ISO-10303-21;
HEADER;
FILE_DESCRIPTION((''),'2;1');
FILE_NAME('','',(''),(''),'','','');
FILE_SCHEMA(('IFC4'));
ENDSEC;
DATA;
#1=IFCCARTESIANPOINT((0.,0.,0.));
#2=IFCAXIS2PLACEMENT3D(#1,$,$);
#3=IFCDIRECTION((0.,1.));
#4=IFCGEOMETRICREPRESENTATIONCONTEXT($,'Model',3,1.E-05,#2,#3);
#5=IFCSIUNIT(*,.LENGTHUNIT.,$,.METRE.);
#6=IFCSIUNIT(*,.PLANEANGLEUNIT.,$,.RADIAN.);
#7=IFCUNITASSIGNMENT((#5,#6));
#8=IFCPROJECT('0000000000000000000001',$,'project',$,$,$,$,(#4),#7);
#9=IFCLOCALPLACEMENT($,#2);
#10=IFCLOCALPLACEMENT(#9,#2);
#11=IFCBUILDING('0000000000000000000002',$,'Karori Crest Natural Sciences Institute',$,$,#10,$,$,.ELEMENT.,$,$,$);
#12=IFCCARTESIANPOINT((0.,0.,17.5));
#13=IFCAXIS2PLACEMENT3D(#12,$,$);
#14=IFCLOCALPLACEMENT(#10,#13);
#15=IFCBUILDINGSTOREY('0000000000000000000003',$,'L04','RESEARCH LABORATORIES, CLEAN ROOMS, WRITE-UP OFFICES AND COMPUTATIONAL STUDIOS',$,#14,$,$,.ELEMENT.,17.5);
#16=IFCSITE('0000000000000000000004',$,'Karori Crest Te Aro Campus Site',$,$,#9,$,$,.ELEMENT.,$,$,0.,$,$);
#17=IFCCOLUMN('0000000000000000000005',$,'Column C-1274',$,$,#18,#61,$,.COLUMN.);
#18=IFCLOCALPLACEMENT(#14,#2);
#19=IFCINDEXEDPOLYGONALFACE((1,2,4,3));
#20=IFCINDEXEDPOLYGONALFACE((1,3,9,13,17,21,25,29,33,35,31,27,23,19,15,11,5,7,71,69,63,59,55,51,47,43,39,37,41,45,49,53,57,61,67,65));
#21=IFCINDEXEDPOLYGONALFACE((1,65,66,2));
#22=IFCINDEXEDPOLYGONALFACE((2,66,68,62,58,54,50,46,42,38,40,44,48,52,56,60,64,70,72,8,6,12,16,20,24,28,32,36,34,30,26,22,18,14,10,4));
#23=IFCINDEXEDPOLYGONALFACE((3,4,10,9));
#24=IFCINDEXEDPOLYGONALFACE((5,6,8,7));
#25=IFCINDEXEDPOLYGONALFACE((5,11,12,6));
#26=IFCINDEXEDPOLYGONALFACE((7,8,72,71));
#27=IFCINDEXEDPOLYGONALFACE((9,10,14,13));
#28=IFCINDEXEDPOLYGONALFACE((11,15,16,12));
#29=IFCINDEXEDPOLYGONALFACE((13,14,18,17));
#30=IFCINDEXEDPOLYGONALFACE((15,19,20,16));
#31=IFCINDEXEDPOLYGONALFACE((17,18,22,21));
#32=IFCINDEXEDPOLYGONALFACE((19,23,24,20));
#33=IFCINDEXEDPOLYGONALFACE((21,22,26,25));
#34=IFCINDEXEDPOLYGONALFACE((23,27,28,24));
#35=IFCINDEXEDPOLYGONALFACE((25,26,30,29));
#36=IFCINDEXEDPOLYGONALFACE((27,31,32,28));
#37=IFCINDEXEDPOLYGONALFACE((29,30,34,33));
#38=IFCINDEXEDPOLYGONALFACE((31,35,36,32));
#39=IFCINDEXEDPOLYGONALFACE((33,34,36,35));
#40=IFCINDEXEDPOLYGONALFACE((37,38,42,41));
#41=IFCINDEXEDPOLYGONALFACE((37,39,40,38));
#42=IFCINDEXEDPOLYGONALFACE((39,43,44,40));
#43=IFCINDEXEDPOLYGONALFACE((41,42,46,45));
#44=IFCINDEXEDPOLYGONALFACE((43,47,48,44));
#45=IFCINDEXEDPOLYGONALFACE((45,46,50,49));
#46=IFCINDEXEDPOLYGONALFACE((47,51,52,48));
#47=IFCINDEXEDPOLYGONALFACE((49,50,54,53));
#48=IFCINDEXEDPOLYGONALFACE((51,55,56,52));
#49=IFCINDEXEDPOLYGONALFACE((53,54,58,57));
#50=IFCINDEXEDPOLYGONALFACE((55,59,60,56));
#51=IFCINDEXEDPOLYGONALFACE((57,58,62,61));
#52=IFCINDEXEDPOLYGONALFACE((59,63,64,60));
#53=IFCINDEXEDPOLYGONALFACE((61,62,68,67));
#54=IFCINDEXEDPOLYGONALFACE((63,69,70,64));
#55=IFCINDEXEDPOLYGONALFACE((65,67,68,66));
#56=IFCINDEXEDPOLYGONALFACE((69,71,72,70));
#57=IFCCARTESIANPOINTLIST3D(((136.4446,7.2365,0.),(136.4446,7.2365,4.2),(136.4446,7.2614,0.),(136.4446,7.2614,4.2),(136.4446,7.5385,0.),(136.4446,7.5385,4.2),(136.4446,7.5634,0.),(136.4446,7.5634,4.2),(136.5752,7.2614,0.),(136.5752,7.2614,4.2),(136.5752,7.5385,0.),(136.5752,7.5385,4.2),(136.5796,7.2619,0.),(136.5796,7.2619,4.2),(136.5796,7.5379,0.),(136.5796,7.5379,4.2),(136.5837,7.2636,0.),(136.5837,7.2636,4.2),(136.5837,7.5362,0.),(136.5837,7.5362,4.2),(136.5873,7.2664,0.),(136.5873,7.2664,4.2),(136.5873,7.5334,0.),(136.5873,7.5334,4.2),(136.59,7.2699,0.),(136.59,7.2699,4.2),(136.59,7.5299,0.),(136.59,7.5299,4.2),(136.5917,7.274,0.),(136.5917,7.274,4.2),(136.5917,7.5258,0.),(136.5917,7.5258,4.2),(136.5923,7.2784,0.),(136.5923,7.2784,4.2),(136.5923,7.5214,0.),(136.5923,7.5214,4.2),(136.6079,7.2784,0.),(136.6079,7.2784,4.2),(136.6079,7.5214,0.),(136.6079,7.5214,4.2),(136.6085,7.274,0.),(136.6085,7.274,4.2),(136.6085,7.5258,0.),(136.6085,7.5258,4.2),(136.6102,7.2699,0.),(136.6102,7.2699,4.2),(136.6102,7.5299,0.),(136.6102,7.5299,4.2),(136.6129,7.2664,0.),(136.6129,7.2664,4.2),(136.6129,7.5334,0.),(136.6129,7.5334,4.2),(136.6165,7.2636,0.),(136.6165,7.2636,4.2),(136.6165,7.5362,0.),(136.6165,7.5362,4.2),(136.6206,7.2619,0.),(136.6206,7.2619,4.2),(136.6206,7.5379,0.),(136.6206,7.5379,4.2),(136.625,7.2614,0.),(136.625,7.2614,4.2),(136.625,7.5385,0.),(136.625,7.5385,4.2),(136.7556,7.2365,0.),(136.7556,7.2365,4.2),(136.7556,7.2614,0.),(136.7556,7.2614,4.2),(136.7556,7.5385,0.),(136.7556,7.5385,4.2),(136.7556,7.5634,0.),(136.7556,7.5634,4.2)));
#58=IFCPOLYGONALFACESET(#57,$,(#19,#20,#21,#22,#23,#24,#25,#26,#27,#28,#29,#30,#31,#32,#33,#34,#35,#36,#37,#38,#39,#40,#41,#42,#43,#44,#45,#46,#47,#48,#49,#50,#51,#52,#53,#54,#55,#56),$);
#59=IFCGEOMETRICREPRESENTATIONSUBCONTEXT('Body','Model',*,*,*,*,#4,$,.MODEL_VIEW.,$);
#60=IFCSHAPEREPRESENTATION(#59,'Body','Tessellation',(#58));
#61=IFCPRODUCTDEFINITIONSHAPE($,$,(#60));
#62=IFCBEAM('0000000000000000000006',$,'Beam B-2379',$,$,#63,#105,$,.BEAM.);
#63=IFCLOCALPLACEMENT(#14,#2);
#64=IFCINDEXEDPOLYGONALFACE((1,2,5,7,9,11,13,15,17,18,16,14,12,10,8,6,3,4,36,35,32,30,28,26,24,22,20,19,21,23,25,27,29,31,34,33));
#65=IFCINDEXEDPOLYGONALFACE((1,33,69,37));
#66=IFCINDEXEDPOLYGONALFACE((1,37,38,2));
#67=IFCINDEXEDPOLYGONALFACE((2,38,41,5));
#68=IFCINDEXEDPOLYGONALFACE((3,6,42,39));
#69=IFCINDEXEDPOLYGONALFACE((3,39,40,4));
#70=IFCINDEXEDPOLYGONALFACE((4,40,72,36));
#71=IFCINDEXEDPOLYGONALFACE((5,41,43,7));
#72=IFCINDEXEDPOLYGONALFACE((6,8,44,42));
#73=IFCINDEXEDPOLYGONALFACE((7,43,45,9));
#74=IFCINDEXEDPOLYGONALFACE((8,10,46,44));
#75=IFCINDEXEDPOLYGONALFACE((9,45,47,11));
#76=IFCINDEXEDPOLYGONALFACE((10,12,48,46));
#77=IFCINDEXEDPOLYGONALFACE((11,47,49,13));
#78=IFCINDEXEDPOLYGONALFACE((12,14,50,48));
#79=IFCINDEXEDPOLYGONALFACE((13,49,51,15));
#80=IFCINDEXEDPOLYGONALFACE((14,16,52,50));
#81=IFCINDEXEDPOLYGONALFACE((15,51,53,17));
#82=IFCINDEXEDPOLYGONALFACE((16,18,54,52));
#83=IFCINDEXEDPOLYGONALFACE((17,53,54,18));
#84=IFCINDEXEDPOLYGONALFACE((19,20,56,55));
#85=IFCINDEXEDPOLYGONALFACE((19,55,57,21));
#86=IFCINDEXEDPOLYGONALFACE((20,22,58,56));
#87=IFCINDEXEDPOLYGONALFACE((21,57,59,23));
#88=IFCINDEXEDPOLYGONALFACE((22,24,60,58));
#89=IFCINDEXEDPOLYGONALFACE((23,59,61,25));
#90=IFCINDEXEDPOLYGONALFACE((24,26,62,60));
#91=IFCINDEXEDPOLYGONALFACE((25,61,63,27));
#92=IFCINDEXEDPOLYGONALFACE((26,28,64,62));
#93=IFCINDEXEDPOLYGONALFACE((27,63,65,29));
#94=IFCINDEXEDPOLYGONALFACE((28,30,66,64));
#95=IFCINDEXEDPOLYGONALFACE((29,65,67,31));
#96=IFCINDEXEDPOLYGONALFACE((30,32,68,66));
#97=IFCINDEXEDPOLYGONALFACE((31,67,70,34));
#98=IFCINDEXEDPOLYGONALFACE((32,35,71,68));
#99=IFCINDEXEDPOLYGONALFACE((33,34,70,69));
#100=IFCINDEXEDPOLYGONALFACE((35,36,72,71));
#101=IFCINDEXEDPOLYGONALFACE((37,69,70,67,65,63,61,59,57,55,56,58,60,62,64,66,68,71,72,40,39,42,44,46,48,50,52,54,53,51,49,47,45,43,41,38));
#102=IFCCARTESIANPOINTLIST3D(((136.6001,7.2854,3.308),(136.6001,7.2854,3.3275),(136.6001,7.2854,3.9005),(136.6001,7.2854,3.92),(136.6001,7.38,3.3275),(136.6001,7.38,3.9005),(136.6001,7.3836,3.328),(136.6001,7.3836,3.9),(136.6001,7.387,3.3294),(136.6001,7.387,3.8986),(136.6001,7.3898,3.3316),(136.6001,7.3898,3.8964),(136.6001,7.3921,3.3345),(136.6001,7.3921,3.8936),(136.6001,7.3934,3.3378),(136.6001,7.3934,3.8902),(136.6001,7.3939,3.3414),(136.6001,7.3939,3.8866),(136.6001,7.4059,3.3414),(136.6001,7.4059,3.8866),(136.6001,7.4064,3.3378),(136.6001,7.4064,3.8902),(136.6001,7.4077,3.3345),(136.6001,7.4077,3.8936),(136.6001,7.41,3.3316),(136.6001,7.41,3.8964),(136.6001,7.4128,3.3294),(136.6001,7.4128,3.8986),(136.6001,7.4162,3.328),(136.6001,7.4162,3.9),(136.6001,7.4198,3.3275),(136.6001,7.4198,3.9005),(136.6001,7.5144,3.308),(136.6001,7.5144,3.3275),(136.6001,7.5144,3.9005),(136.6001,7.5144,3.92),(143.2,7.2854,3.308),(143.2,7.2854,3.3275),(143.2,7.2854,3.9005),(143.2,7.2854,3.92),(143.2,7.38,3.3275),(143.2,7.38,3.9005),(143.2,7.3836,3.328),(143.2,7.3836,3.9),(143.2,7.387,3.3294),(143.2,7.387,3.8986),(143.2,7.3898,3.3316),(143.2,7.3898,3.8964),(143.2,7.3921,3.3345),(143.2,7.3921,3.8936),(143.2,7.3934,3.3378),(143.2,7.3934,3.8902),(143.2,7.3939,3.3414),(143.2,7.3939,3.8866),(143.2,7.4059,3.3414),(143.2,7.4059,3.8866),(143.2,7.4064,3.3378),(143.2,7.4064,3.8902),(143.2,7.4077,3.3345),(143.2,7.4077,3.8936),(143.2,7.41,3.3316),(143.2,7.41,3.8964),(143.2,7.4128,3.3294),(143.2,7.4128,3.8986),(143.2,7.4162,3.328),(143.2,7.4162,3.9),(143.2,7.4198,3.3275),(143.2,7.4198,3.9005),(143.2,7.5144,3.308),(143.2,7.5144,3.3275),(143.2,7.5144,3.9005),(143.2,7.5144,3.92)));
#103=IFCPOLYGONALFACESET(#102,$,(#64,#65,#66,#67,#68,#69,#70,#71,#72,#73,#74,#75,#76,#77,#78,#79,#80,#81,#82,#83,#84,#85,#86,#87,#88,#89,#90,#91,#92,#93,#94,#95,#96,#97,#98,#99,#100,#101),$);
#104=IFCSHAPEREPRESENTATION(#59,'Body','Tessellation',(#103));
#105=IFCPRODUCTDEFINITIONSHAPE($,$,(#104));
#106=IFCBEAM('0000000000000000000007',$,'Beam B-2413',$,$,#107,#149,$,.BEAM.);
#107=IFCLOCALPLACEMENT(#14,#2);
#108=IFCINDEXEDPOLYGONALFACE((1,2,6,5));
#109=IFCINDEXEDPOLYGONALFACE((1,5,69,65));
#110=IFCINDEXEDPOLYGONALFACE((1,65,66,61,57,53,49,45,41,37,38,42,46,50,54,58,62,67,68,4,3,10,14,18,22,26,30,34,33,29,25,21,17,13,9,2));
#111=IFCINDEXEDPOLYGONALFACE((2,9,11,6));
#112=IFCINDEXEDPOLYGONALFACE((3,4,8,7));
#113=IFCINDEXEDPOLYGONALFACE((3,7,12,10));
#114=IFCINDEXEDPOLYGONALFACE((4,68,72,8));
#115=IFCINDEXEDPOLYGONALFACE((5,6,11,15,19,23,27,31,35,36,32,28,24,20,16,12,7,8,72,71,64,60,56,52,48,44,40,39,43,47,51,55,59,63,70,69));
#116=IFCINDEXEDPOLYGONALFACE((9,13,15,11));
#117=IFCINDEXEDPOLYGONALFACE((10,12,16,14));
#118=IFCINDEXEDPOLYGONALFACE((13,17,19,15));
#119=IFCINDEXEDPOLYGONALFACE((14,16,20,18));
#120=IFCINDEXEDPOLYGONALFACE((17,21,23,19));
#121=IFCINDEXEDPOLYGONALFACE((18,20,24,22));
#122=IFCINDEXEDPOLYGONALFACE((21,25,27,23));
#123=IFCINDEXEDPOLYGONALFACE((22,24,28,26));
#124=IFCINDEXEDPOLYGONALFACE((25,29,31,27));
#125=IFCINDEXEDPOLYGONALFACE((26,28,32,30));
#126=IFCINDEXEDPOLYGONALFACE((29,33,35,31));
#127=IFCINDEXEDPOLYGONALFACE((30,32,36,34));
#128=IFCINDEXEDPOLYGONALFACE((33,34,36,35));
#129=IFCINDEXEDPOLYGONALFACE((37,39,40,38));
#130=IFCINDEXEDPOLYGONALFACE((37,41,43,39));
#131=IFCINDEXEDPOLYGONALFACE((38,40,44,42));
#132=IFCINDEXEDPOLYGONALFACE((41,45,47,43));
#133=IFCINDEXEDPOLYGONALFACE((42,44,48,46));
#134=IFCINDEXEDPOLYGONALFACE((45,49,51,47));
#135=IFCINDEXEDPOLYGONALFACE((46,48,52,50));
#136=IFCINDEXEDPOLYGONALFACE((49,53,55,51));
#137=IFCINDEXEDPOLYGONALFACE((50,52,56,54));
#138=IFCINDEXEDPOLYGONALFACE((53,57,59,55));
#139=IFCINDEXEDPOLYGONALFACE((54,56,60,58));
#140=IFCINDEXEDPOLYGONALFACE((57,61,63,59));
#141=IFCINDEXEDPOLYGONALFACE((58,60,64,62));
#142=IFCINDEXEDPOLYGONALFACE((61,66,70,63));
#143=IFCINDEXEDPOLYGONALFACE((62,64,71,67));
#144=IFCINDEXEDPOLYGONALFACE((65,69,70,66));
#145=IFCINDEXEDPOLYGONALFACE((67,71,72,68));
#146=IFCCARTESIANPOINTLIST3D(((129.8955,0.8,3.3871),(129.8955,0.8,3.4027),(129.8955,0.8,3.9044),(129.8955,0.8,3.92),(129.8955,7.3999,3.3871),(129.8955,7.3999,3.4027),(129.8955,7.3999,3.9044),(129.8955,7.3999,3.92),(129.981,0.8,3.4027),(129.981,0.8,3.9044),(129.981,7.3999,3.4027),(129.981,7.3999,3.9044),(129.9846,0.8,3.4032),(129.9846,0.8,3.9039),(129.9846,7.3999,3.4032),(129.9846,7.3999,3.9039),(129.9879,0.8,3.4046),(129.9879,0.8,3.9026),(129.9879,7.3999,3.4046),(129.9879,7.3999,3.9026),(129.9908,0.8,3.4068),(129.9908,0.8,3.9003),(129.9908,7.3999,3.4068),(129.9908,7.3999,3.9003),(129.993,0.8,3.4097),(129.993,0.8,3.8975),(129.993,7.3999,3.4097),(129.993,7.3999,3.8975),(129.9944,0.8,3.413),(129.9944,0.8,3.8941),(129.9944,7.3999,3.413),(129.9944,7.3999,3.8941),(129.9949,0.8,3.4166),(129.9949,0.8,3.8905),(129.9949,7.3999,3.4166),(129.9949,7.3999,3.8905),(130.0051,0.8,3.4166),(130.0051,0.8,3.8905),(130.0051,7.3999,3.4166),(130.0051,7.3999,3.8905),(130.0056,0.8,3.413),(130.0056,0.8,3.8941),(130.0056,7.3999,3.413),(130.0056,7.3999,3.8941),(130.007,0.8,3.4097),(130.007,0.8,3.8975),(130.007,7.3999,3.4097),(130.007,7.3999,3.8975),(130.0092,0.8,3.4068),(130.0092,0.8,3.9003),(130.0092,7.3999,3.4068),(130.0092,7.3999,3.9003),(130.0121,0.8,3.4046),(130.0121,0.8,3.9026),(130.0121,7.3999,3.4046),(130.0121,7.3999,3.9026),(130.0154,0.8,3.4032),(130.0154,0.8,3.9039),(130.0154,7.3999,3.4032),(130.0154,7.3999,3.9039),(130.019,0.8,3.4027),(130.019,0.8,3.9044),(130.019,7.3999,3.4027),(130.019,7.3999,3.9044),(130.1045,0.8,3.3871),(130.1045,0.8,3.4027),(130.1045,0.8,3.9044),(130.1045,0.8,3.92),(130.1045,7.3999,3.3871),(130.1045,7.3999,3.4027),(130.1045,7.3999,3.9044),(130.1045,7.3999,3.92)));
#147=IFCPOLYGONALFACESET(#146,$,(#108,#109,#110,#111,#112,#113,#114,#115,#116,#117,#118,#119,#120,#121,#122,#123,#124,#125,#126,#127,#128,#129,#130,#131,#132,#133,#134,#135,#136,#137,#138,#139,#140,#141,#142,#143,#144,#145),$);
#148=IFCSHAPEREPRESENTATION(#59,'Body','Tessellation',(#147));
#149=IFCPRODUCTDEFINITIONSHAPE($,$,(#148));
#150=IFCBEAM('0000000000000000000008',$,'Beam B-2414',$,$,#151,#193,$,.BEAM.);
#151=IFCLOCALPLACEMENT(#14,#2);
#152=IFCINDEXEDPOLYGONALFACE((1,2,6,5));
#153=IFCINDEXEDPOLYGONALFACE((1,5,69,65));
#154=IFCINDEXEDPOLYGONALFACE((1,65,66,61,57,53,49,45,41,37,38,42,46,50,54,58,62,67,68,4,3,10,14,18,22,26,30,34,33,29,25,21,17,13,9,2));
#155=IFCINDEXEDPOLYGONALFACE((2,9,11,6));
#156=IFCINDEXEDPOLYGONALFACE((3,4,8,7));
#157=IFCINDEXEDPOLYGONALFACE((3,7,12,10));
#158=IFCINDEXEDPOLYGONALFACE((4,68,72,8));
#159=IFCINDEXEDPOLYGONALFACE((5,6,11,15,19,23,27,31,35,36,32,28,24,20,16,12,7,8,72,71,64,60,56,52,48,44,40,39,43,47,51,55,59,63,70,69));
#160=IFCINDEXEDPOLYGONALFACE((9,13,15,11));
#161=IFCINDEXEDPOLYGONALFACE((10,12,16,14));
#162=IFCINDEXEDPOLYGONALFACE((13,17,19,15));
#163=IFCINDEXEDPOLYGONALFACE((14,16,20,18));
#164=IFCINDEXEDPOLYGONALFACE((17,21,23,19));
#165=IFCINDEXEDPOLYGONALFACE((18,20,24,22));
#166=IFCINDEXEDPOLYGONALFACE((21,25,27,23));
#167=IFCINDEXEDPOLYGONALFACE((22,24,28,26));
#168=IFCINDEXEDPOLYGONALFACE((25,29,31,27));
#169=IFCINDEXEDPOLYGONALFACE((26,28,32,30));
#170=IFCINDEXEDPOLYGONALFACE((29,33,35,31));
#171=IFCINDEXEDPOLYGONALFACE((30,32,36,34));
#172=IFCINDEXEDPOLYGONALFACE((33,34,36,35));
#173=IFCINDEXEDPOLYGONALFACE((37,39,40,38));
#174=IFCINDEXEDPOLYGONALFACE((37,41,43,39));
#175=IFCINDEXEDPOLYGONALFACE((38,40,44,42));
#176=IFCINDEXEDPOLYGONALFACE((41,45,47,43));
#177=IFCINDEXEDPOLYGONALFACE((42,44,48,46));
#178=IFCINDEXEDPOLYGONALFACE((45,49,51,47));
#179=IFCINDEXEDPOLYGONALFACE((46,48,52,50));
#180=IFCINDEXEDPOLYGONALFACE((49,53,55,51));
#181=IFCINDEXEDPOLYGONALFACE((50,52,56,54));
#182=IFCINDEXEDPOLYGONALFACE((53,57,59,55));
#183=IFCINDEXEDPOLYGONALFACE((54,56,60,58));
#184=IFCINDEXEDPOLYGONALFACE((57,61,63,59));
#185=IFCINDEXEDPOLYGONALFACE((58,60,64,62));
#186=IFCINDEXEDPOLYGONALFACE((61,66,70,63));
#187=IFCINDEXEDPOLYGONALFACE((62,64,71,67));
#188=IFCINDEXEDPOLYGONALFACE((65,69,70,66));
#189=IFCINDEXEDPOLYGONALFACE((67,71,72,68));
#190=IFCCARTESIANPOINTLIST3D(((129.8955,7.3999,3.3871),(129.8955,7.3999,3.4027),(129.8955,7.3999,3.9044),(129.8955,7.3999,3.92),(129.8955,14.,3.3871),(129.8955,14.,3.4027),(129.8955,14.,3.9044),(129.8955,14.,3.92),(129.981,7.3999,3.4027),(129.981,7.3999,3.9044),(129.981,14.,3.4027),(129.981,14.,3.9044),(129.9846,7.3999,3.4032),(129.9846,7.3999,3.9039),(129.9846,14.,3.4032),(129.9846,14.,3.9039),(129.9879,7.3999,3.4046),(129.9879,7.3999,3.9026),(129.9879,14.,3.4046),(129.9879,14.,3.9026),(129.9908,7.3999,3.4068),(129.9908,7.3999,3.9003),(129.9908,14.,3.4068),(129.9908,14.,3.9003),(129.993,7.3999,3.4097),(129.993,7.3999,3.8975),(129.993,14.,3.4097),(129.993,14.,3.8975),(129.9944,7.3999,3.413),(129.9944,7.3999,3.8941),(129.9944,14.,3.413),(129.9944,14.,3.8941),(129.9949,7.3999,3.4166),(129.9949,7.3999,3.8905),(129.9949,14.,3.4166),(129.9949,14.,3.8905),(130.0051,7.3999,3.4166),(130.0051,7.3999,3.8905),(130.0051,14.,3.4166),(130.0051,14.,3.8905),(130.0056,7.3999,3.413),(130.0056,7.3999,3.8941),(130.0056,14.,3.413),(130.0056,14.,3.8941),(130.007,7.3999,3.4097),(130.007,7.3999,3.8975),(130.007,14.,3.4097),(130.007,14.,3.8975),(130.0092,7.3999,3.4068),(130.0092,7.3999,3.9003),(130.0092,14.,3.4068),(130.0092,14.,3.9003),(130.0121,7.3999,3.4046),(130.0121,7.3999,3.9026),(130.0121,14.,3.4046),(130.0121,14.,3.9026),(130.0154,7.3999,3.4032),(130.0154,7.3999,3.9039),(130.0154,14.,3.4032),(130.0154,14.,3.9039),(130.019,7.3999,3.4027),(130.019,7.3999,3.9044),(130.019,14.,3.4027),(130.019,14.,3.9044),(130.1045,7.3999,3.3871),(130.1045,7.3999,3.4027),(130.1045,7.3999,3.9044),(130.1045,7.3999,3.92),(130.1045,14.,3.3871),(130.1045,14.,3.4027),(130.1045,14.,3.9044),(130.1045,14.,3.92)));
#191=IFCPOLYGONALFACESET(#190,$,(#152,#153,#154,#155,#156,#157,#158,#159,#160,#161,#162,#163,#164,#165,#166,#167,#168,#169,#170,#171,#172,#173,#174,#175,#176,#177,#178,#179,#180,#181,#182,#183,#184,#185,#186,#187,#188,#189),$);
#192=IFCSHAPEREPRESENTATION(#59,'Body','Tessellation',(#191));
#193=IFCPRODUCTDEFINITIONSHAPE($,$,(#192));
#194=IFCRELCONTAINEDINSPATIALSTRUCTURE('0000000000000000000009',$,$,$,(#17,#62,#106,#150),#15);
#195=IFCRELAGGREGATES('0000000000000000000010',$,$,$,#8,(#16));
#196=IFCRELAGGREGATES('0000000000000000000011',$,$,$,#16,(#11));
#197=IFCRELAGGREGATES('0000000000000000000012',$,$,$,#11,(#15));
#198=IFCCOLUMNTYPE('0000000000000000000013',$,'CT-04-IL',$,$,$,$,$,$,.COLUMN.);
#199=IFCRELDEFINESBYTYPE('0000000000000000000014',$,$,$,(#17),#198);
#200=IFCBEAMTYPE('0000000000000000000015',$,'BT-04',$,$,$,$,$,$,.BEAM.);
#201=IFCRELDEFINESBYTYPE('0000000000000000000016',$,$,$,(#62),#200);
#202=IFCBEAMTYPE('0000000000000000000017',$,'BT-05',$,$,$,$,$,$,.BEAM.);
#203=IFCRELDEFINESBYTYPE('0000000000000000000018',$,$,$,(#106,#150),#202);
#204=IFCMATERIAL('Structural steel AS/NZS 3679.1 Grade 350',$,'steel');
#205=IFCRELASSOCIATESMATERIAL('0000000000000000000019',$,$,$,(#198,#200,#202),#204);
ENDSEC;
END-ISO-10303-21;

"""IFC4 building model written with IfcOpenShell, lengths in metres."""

from ifc_helpers import new_model, si_unit, direction, frame, origin, origin_2d, place, context, subcontext, project, spatial, i_section, extrude, material, material_profile, profile_set, type_object, element, save


model = new_model("IFC4")

# Units and contexts
model_context = context("Model", 3, precision=1e-05, world=origin(), true_north=direction((0.0, 1.0)))
body_context = subcontext(model_context, "Body", "Model", "MODEL_VIEW")
ifc_project = project(units=[si_unit("LENGTHUNIT", "METRE"), si_unit("PLANEANGLEUNIT", "RADIAN")], contexts=[model_context])

# Site, building, storey
site_placement = place(None, origin())
site = spatial("IfcSite", under=ifc_project, at=site_placement, Name="Karori Crest Te Aro Campus Site", CompositionType="ELEMENT", RefElevation=0.0)
building_placement = place(site_placement, origin())
building = spatial("IfcBuilding", under=site, at=building_placement, Name="Karori Crest Natural Sciences Institute", CompositionType="ELEMENT")
storey_placement = place(building_placement, frame((0.0, 0.0, 17.5)))
storey = spatial("IfcBuildingStorey", under=building, at=storey_placement, Name="L04", Description="RESEARCH LABORATORIES, CLEAN ROOMS, WRITE-UP OFFICES AND COMPUTATIONAL STUDIOS", CompositionType="ELEMENT", Elevation=17.5)

# Column
ifc_material_1 = material(Name="Structural steel AS/NZS 3679.1 Grade 350", Category="steel")
ifc_material_profile_1 = material_profile(ifc_material_1, i_section(OverallWidth=0.311, OverallDepth=0.3269, WebThickness=0.0156, FlangeThickness=0.0249, FilletRadius=0.0171, at=origin_2d()), Name="310UC158")
ifc_profile_set_1 = profile_set([ifc_material_profile_1], Name="Structural steel AS/NZS 3679.1 Grade 350")
column_type_1 = type_object("IfcColumnType", Name="CT-04-IL", PredefinedType="COLUMN", material=ifc_profile_set_1)
for number, where, z_axis, x_axis, name in (
    (1, (136.6001, 7.3999, 0.0), (0.0, 0.0, 1.0), (1.0, 0.0, 0.0), "Column C-1274"),
):
    element("IfcColumn", number, at=place(storey_placement, frame(where, z_axis=z_axis, x_axis=x_axis)), inside=storey, type_object=column_type_1, Name=name, PredefinedType="COLUMN", context=body_context, shape_type="SweptSolid", body=[
        extrude(i_section(OverallWidth=0.311, OverallDepth=0.3269, WebThickness=0.0156, FlangeThickness=0.0249, FilletRadius=0.0171, at=origin_2d()), origin(), (0.0, 0.0, 1.0), 4.2),
    ])

# Beams
ifc_material_profile_2 = material_profile(ifc_material_1, i_section(OverallWidth=0.229, OverallDepth=0.6121, WebThickness=0.012, FlangeThickness=0.0195, FilletRadius=0.0139, at=origin_2d()), Name="610UB125")
ifc_profile_set_2 = profile_set([ifc_material_profile_2], Name="Structural steel AS/NZS 3679.1 Grade 350")
beam_type_1 = type_object("IfcBeamType", Name="BT-04", PredefinedType="BEAM", material=ifc_profile_set_2)
beam_1_placement = place(storey_placement, frame((136.6001, 7.3999, 3.614), z_axis=(1.0, 0.0, 0.0), x_axis=(0.0, 1.0, 0.0)))
element("IfcBeam", 2, at=beam_1_placement, inside=storey, type_object=beam_type_1, Name="Beam B-2379", PredefinedType="BEAM", context=body_context, shape_type="SweptSolid", body=[
    extrude(i_section(OverallWidth=0.229, OverallDepth=0.6121, WebThickness=0.012, FlangeThickness=0.0195, FilletRadius=0.0139, at=origin_2d()), origin(), (0.0, 0.0, 1.0), 6.5999),
])
ifc_material_profile_3 = material_profile(ifc_material_1, i_section(OverallWidth=0.209, OverallDepth=0.533, WebThickness=0.0103, FlangeThickness=0.0156, FilletRadius=0.0139, at=origin_2d()), Name="530UB92.4")
ifc_profile_set_3 = profile_set([ifc_material_profile_3], Name="Structural steel AS/NZS 3679.1 Grade 350")
beam_type_2 = type_object("IfcBeamType", Name="BT-05", PredefinedType="BEAM", material=ifc_profile_set_3)
beam_2_placement = place(storey_placement, frame((130.0, 0.8, 3.6536), z_axis=(0.0, 1.0, 0.0), x_axis=(-1.0, 0.0, 0.0)))
element("IfcBeam", 3, at=beam_2_placement, inside=storey, type_object=beam_type_2, Name="Beam B-2413", PredefinedType="BEAM", context=body_context, shape_type="SweptSolid", body=[
    extrude(i_section(OverallWidth=0.209, OverallDepth=0.533, WebThickness=0.0103, FlangeThickness=0.0156, FilletRadius=0.0139, at=origin_2d()), origin(), (0.0, 0.0, 1.0), 6.5999),
])
beam_3_placement = place(storey_placement, frame((130.0, 7.3999, 3.6536), z_axis=(0.0, 1.0, 0.0), x_axis=(-1.0, 0.0, 0.0)))
element("IfcBeam", 4, at=beam_3_placement, inside=storey, type_object=beam_type_2, Name="Beam B-2414", PredefinedType="BEAM", context=body_context, shape_type="SweptSolid", body=[
    extrude(i_section(OverallWidth=0.209, OverallDepth=0.533, WebThickness=0.0103, FlangeThickness=0.0156, FilletRadius=0.0139, at=origin_2d()), origin(), (0.0, 0.0, 1.0), 6.6001),
])

save(model, "model.ifc")
